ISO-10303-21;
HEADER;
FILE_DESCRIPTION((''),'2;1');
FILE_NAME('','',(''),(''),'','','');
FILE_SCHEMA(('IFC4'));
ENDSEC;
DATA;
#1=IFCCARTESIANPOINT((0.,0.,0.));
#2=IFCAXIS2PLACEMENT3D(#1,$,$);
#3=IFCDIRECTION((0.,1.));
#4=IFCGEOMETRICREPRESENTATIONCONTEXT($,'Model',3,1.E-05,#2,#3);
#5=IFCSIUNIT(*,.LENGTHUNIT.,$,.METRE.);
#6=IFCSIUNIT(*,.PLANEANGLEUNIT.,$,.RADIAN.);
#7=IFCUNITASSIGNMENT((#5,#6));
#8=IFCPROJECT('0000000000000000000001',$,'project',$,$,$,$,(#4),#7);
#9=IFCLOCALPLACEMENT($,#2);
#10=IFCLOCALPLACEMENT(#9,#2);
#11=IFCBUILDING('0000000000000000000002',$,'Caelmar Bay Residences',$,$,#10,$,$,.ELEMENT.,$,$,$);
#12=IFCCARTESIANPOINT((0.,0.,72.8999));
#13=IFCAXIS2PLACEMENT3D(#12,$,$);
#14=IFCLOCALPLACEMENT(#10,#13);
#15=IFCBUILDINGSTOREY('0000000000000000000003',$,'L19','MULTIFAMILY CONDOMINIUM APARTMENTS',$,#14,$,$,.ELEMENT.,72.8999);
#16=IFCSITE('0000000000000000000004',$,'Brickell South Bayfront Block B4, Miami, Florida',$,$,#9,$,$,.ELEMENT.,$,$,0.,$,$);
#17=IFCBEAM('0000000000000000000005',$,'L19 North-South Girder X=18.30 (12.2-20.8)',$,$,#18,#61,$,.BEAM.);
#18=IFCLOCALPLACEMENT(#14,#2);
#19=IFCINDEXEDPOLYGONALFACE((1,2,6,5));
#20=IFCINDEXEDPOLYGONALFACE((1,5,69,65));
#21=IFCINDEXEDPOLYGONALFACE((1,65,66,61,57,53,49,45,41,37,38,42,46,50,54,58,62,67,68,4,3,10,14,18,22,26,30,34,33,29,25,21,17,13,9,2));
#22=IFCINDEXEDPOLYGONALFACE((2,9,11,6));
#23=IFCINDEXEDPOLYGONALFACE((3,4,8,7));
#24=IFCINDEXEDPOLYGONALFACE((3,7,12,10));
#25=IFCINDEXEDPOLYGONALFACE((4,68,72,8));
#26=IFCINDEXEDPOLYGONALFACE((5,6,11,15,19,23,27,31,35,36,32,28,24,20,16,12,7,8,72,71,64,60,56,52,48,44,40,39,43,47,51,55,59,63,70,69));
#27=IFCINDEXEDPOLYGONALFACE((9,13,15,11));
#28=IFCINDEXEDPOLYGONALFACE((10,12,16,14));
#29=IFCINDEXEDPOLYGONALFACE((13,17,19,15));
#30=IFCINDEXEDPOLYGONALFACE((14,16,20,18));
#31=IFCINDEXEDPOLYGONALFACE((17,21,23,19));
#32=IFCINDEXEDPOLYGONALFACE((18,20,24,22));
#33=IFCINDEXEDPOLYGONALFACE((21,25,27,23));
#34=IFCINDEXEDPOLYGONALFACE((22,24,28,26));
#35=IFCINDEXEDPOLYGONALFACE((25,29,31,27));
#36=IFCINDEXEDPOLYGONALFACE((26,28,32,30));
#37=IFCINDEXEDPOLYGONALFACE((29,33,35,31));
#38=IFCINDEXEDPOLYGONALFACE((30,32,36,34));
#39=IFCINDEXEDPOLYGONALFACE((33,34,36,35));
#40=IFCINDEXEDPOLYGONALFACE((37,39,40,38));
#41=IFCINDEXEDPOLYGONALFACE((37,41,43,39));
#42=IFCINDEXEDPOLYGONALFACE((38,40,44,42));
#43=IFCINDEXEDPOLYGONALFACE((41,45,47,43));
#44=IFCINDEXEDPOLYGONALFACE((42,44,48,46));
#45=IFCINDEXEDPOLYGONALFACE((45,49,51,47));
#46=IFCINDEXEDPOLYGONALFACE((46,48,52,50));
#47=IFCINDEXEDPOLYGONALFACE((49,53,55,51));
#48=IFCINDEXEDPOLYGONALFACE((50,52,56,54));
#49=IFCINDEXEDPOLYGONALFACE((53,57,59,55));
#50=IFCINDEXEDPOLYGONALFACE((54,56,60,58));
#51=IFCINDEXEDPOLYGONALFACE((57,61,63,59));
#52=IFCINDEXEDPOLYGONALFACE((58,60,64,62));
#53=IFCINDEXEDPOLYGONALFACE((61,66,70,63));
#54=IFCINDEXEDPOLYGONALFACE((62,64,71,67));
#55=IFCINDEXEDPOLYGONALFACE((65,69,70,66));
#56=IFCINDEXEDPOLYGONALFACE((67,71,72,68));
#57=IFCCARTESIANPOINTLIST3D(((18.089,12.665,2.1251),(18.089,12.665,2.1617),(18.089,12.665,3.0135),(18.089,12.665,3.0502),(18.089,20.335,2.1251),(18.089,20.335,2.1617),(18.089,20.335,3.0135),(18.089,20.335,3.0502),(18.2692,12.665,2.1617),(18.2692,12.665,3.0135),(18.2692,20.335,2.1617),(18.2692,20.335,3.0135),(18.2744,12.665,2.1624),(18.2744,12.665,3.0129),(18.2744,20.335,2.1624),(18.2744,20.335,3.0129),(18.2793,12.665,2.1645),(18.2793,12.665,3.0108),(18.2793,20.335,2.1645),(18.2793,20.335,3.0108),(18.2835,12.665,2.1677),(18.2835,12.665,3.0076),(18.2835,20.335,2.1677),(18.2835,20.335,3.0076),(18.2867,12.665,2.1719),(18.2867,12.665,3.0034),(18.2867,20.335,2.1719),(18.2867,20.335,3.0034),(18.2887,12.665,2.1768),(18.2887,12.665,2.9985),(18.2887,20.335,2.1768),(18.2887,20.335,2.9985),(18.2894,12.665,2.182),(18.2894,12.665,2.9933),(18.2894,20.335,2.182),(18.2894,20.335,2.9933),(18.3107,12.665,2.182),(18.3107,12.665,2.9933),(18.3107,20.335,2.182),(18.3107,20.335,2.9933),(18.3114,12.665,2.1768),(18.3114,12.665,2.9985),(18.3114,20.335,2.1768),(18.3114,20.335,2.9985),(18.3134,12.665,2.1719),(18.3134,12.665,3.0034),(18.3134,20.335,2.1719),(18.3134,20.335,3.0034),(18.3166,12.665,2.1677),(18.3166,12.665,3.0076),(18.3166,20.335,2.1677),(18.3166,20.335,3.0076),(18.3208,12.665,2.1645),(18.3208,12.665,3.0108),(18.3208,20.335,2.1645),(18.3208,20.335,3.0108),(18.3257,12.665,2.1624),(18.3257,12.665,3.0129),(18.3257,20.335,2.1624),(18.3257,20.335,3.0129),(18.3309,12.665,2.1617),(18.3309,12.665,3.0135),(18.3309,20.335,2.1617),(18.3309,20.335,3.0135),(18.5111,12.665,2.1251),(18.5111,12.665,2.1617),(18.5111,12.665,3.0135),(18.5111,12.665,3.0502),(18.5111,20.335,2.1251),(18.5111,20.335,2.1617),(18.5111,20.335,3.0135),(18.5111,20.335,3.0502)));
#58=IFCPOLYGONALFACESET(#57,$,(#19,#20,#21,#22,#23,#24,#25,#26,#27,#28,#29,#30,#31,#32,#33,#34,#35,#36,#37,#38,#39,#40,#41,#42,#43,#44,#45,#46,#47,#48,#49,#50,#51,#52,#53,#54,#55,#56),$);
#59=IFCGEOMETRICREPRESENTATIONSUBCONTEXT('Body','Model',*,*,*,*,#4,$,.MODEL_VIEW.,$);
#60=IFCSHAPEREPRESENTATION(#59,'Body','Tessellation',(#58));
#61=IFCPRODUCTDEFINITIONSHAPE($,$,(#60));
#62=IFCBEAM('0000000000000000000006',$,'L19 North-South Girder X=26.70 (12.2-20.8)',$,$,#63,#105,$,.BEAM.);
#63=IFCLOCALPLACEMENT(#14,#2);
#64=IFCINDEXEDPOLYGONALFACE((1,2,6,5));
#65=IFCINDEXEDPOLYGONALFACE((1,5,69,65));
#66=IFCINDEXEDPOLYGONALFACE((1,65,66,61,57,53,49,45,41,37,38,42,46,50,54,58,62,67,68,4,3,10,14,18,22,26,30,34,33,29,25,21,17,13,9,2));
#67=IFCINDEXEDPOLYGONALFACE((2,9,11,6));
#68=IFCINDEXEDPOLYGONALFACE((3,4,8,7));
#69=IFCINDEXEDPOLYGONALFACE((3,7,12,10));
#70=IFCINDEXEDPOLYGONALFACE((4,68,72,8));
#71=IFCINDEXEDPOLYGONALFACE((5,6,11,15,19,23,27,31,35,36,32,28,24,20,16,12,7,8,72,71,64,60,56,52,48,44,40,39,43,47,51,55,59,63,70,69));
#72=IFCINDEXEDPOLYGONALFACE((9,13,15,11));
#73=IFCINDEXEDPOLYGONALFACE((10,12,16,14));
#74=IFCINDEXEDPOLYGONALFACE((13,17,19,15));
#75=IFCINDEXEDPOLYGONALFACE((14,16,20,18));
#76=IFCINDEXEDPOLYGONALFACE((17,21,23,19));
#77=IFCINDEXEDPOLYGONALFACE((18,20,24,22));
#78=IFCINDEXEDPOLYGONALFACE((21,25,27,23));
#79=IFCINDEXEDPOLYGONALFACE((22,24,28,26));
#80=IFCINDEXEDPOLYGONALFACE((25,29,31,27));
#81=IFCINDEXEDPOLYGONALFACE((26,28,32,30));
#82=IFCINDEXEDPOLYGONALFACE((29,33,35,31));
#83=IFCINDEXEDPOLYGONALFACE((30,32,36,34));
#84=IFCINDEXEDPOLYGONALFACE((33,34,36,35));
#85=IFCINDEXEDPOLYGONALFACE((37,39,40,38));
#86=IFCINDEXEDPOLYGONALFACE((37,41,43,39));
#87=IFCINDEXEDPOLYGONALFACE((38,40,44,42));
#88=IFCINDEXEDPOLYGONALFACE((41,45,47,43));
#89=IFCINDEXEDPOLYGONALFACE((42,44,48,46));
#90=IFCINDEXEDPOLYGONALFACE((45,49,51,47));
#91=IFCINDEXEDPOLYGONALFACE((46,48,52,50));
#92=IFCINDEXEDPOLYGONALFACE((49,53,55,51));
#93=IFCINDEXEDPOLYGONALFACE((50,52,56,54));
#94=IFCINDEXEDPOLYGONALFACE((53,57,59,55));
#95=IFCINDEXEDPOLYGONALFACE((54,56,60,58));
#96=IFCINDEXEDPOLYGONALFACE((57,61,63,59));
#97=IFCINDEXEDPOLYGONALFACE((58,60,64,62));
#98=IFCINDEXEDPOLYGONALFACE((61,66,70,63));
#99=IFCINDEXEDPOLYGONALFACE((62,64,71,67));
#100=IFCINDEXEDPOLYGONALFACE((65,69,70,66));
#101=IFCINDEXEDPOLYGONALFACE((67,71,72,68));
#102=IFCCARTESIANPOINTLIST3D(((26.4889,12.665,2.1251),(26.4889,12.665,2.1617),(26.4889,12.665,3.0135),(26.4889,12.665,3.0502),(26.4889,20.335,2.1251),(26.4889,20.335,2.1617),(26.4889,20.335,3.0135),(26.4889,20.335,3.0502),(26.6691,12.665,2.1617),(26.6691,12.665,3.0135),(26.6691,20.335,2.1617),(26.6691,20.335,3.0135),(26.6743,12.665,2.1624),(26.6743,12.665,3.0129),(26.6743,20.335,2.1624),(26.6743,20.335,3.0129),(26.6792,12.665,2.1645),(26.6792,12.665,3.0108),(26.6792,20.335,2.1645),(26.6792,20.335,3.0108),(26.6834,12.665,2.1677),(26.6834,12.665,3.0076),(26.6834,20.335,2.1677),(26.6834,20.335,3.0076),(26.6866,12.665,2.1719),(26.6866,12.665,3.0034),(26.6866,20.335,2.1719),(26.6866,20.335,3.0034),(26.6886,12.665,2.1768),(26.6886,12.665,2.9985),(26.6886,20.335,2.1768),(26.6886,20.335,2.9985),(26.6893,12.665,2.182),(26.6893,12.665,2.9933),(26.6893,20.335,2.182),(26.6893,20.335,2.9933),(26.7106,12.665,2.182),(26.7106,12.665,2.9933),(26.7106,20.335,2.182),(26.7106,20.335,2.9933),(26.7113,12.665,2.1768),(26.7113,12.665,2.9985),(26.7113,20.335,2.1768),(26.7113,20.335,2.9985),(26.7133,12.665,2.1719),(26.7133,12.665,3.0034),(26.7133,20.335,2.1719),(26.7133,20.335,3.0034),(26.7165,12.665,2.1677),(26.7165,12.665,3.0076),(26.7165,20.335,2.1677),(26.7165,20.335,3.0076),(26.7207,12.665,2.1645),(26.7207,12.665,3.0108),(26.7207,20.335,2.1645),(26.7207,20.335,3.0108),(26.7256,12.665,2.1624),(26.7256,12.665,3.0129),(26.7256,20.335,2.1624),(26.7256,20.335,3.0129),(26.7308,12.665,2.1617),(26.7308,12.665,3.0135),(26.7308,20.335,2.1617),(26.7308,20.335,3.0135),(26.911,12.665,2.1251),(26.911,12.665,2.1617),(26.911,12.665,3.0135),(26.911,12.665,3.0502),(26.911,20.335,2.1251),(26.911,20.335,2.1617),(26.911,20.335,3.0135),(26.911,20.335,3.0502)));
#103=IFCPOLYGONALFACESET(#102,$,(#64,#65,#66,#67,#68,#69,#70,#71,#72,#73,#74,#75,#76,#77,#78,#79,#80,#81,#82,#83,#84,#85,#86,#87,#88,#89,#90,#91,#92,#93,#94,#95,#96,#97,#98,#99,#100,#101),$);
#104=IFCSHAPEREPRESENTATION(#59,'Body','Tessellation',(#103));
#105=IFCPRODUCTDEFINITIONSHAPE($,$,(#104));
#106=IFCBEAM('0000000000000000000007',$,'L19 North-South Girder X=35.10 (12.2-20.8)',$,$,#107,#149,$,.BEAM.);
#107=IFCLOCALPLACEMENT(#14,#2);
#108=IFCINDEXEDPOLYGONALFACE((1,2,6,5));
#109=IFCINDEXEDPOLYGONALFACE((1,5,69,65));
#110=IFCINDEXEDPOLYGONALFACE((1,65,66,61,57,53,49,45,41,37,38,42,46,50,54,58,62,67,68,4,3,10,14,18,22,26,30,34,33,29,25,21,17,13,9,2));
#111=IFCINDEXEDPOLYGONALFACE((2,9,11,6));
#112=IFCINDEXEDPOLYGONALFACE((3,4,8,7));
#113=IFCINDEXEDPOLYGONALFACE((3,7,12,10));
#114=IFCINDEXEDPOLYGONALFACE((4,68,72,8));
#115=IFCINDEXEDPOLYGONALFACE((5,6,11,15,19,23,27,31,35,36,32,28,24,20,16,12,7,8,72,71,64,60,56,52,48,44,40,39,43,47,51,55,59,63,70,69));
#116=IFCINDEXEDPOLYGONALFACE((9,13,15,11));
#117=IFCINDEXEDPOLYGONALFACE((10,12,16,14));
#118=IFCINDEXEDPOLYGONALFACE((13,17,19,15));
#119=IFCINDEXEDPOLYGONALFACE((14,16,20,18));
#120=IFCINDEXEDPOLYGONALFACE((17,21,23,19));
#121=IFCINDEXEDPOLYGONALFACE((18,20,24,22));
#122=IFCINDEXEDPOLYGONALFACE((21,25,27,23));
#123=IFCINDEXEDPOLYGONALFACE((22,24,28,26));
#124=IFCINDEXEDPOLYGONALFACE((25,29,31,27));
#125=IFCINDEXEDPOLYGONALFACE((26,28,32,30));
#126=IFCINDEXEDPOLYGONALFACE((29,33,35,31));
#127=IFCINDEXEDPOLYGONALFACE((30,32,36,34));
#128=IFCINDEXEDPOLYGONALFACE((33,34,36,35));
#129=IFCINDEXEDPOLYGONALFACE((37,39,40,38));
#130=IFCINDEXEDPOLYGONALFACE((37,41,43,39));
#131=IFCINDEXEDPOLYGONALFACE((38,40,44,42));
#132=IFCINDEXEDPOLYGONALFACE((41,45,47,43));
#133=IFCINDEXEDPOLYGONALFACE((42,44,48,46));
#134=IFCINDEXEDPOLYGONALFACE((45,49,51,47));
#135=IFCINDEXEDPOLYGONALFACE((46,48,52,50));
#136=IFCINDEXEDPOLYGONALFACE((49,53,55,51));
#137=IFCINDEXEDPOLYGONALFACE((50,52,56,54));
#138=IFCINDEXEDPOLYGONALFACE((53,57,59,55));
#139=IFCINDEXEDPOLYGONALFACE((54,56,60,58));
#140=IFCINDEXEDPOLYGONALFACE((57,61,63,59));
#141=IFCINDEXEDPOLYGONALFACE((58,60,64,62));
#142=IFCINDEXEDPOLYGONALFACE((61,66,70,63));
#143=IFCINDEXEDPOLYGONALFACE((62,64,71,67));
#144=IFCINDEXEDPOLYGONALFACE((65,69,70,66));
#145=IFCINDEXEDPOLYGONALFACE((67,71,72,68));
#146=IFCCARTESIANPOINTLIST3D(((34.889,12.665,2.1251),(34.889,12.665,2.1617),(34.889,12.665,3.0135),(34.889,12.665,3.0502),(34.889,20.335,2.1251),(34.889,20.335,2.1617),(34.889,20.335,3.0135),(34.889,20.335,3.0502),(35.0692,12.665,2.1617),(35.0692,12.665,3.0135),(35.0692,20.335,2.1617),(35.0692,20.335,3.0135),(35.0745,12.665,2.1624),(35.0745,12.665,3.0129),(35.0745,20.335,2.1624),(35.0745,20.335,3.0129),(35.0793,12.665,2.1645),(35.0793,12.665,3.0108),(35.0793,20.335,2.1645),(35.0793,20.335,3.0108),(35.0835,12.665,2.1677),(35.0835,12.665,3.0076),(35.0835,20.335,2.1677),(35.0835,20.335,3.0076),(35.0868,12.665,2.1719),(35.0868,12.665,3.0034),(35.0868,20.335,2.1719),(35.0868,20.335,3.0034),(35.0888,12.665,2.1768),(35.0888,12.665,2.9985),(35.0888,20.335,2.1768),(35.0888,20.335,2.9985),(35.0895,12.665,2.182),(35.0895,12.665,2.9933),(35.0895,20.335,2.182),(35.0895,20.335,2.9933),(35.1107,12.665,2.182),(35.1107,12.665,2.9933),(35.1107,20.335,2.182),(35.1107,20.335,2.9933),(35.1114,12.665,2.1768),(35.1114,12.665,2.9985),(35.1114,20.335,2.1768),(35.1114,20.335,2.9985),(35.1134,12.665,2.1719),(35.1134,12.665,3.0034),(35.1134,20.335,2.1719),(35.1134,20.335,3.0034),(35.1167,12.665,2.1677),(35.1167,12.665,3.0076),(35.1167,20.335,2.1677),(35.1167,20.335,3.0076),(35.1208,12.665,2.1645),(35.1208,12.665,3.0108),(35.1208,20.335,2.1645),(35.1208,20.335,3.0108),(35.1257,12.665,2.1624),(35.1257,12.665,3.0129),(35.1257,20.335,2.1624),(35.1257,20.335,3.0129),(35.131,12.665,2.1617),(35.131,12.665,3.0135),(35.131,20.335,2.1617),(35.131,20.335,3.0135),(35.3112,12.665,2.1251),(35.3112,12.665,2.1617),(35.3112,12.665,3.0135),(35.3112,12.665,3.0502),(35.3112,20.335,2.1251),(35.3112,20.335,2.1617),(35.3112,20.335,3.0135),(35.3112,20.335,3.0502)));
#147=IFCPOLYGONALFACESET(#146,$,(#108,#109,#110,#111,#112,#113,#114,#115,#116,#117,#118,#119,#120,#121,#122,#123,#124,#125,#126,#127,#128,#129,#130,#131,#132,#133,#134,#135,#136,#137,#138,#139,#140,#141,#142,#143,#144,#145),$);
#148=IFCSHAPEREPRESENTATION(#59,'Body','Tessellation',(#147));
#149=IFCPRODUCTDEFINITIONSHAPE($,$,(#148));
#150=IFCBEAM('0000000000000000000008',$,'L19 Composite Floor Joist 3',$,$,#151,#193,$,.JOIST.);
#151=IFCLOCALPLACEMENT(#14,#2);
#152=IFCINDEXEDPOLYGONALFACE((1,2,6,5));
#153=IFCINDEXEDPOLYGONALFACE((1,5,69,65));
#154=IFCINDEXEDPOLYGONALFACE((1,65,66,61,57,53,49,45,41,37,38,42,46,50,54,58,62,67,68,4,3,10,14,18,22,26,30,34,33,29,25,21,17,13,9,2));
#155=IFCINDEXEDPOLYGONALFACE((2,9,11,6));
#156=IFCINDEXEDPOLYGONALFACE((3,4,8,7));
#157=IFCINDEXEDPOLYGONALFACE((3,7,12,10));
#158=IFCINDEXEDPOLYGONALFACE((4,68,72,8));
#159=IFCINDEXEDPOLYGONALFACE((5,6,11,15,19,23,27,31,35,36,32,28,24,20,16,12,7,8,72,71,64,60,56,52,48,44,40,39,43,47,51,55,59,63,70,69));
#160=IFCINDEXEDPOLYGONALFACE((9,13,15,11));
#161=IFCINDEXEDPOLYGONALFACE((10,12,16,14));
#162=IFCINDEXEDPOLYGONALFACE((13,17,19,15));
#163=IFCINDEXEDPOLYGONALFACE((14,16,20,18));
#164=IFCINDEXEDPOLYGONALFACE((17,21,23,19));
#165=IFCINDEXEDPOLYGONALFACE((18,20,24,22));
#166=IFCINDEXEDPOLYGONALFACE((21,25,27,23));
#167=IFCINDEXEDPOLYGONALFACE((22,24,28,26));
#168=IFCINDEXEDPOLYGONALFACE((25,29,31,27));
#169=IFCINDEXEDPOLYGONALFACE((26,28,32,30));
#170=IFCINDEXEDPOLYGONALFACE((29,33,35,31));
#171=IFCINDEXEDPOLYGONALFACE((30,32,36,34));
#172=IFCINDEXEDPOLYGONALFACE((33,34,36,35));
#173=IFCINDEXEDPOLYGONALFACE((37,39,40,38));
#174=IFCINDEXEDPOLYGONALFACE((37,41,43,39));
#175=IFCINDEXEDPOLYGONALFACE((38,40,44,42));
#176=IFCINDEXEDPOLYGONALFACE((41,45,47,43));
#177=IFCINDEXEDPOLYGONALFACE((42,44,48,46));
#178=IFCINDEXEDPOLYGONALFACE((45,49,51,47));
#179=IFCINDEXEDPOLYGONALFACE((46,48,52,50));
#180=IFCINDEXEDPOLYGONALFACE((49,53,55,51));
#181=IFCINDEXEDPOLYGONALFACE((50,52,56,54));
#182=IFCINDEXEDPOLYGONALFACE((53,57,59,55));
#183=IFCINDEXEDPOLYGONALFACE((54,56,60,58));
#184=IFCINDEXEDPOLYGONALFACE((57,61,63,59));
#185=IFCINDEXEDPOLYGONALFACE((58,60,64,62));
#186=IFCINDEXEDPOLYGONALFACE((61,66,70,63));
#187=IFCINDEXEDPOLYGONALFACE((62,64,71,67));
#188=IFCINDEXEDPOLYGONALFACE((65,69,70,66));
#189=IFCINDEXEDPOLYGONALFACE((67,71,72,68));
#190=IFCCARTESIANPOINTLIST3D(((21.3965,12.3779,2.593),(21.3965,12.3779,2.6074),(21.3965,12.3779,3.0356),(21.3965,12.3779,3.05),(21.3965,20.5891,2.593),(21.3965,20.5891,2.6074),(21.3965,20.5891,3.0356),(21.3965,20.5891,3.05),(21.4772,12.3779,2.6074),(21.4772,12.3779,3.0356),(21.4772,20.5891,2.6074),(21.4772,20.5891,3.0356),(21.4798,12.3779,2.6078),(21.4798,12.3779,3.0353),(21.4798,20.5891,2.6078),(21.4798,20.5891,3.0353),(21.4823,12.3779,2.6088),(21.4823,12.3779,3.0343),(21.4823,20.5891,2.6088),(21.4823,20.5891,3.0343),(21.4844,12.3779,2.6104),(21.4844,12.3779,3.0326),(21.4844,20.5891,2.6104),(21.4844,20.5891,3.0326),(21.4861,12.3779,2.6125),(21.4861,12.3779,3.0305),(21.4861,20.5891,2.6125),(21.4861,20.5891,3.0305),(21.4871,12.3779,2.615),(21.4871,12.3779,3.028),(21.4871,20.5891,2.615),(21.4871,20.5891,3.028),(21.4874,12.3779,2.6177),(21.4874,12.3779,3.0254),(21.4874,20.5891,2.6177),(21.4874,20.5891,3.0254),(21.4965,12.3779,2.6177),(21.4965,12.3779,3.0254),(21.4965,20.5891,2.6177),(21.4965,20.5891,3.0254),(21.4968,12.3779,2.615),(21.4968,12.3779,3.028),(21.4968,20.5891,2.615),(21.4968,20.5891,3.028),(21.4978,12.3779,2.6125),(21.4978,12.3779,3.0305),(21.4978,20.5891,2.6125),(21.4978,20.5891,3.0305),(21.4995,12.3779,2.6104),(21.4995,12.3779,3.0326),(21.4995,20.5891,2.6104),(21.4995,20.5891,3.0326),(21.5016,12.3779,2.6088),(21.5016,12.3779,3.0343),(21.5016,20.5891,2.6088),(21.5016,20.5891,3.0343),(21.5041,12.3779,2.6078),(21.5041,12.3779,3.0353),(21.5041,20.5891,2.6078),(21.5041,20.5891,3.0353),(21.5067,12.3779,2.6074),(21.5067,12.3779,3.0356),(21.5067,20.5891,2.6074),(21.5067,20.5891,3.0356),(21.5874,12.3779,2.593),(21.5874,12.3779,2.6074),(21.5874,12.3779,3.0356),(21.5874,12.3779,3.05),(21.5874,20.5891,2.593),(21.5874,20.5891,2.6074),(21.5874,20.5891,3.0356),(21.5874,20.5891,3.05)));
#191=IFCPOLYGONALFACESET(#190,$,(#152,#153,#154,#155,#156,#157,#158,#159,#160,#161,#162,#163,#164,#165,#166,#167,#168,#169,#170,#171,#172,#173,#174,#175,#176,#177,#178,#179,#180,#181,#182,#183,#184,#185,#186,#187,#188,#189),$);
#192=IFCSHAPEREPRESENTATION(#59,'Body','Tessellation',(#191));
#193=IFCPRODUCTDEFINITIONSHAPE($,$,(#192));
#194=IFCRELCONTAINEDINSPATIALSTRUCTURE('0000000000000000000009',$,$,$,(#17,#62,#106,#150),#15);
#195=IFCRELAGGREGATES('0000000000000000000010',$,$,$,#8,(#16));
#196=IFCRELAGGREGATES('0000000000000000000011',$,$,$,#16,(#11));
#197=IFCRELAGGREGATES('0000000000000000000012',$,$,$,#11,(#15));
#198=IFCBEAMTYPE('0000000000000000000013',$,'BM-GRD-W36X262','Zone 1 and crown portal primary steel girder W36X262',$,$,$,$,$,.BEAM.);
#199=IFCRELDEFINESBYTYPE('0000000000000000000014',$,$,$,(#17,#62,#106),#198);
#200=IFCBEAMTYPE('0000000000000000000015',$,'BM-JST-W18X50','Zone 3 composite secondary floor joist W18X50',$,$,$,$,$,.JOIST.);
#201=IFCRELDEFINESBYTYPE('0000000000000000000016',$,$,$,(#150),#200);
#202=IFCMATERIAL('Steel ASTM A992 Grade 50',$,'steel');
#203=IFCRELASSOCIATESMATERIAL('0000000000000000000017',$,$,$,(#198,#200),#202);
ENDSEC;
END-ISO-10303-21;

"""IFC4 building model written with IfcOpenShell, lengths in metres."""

from ifc_helpers import new_model, si_unit, direction, frame, origin, origin_2d, place, context, subcontext, project, spatial, i_section, extrude, material, material_profile, profile_set, type_object, element, save


model = new_model("IFC4")

# Units and contexts
model_context = context("Model", 3, precision=1e-05, world=origin(), true_north=direction((0.0, 1.0)))
body_context = subcontext(model_context, "Body", "Model", "MODEL_VIEW")
ifc_project = project(units=[si_unit("LENGTHUNIT", "METRE"), si_unit("PLANEANGLEUNIT", "RADIAN")], contexts=[model_context])

# Site, building, storey
site_placement = place(None, origin())
site = spatial("IfcSite", under=ifc_project, at=site_placement, Name="Brickell South Bayfront Block B4, Miami, Florida", CompositionType="ELEMENT", RefElevation=0.0)
building_placement = place(site_placement, origin())
building = spatial("IfcBuilding", under=site, at=building_placement, Name="Caelmar Bay Residences", CompositionType="ELEMENT")
storey_placement = place(building_placement, frame((0.0, 0.0, 72.8999)))
storey = spatial("IfcBuildingStorey", under=building, at=storey_placement, Name="L19", Description="MULTIFAMILY CONDOMINIUM APARTMENTS", CompositionType="ELEMENT", Elevation=72.8999)

# Beams
ifc_material_1 = material(Name="Steel ASTM A992 Grade 50", Category="steel")
ifc_material_profile_1 = material_profile(ifc_material_1, i_section(OverallWidth=0.4221, OverallDepth=0.925, WebThickness=0.0212, FlangeThickness=0.0366, FilletRadius=0.0203, at=origin_2d()), Name="W36X262")
ifc_profile_set_1 = profile_set([ifc_material_profile_1], Name="Steel ASTM A992 Grade 50")
beam_type_1 = type_object("IfcBeamType", Name="BM-GRD-W36X262", Description="Zone 1 and crown portal primary steel girder W36X262", PredefinedType="BEAM", material=ifc_profile_set_1)
for number, where, z_axis, x_axis, name in (
    (1, (18.3, 12.665, 2.5876), (0.0, 1.0, 0.0), (-1.0, 0.0, 0.0), "L19 North-South Girder X=18.30 (12.2-20.8)"),
    (2, (26.7, 12.665, 2.5876), (0.0, 1.0, 0.0), (-1.0, 0.0, 0.0), "L19 North-South Girder X=26.70 (12.2-20.8)"),
    (3, (35.1001, 12.665, 2.5876), (0.0, 1.0, 0.0), (-1.0, 0.0, 0.0), "L19 North-South Girder X=35.10 (12.2-20.8)"),
):
    element("IfcBeam", number, at=place(storey_placement, frame(where, z_axis=z_axis, x_axis=x_axis)), inside=storey, type_object=beam_type_1, Name=name, PredefinedType="BEAM", context=body_context, shape_type="SweptSolid", body=[
        extrude(i_section(OverallWidth=0.4221, OverallDepth=0.925, WebThickness=0.0212, FlangeThickness=0.0366, FilletRadius=0.0203, at=origin_2d()), origin(), (0.0, 0.0, 1.0), 7.6699),
    ])
ifc_material_profile_2 = material_profile(ifc_material_1, i_section(OverallWidth=0.1909, OverallDepth=0.457, WebThickness=0.009, FlangeThickness=0.0144, FilletRadius=0.0103, at=origin_2d()), Name="W18X50")
ifc_profile_set_2 = profile_set([ifc_material_profile_2], Name="Steel ASTM A992 Grade 50")
beam_type_2 = type_object("IfcBeamType", Name="BM-JST-W18X50", Description="Zone 3 composite secondary floor joist W18X50", PredefinedType="JOIST", material=ifc_profile_set_2)
for number, where, z_axis, x_axis, name in (
    (4, (21.4919, 12.3779, 2.8215), (0.0, 1.0, 0.0), (-1.0, 0.0, 0.0), "L19 Composite Floor Joist 3"),
):
    element("IfcBeam", number, at=place(storey_placement, frame(where, z_axis=z_axis, x_axis=x_axis)), inside=storey, type_object=beam_type_2, Name=name, PredefinedType="JOIST", context=body_context, shape_type="SweptSolid", body=[
        extrude(i_section(OverallWidth=0.1909, OverallDepth=0.457, WebThickness=0.009, FlangeThickness=0.0144, FilletRadius=0.0103, at=origin_2d()), origin(), (0.0, 0.0, 1.0), 8.2112),
    ])

save(model, "model.ifc")
